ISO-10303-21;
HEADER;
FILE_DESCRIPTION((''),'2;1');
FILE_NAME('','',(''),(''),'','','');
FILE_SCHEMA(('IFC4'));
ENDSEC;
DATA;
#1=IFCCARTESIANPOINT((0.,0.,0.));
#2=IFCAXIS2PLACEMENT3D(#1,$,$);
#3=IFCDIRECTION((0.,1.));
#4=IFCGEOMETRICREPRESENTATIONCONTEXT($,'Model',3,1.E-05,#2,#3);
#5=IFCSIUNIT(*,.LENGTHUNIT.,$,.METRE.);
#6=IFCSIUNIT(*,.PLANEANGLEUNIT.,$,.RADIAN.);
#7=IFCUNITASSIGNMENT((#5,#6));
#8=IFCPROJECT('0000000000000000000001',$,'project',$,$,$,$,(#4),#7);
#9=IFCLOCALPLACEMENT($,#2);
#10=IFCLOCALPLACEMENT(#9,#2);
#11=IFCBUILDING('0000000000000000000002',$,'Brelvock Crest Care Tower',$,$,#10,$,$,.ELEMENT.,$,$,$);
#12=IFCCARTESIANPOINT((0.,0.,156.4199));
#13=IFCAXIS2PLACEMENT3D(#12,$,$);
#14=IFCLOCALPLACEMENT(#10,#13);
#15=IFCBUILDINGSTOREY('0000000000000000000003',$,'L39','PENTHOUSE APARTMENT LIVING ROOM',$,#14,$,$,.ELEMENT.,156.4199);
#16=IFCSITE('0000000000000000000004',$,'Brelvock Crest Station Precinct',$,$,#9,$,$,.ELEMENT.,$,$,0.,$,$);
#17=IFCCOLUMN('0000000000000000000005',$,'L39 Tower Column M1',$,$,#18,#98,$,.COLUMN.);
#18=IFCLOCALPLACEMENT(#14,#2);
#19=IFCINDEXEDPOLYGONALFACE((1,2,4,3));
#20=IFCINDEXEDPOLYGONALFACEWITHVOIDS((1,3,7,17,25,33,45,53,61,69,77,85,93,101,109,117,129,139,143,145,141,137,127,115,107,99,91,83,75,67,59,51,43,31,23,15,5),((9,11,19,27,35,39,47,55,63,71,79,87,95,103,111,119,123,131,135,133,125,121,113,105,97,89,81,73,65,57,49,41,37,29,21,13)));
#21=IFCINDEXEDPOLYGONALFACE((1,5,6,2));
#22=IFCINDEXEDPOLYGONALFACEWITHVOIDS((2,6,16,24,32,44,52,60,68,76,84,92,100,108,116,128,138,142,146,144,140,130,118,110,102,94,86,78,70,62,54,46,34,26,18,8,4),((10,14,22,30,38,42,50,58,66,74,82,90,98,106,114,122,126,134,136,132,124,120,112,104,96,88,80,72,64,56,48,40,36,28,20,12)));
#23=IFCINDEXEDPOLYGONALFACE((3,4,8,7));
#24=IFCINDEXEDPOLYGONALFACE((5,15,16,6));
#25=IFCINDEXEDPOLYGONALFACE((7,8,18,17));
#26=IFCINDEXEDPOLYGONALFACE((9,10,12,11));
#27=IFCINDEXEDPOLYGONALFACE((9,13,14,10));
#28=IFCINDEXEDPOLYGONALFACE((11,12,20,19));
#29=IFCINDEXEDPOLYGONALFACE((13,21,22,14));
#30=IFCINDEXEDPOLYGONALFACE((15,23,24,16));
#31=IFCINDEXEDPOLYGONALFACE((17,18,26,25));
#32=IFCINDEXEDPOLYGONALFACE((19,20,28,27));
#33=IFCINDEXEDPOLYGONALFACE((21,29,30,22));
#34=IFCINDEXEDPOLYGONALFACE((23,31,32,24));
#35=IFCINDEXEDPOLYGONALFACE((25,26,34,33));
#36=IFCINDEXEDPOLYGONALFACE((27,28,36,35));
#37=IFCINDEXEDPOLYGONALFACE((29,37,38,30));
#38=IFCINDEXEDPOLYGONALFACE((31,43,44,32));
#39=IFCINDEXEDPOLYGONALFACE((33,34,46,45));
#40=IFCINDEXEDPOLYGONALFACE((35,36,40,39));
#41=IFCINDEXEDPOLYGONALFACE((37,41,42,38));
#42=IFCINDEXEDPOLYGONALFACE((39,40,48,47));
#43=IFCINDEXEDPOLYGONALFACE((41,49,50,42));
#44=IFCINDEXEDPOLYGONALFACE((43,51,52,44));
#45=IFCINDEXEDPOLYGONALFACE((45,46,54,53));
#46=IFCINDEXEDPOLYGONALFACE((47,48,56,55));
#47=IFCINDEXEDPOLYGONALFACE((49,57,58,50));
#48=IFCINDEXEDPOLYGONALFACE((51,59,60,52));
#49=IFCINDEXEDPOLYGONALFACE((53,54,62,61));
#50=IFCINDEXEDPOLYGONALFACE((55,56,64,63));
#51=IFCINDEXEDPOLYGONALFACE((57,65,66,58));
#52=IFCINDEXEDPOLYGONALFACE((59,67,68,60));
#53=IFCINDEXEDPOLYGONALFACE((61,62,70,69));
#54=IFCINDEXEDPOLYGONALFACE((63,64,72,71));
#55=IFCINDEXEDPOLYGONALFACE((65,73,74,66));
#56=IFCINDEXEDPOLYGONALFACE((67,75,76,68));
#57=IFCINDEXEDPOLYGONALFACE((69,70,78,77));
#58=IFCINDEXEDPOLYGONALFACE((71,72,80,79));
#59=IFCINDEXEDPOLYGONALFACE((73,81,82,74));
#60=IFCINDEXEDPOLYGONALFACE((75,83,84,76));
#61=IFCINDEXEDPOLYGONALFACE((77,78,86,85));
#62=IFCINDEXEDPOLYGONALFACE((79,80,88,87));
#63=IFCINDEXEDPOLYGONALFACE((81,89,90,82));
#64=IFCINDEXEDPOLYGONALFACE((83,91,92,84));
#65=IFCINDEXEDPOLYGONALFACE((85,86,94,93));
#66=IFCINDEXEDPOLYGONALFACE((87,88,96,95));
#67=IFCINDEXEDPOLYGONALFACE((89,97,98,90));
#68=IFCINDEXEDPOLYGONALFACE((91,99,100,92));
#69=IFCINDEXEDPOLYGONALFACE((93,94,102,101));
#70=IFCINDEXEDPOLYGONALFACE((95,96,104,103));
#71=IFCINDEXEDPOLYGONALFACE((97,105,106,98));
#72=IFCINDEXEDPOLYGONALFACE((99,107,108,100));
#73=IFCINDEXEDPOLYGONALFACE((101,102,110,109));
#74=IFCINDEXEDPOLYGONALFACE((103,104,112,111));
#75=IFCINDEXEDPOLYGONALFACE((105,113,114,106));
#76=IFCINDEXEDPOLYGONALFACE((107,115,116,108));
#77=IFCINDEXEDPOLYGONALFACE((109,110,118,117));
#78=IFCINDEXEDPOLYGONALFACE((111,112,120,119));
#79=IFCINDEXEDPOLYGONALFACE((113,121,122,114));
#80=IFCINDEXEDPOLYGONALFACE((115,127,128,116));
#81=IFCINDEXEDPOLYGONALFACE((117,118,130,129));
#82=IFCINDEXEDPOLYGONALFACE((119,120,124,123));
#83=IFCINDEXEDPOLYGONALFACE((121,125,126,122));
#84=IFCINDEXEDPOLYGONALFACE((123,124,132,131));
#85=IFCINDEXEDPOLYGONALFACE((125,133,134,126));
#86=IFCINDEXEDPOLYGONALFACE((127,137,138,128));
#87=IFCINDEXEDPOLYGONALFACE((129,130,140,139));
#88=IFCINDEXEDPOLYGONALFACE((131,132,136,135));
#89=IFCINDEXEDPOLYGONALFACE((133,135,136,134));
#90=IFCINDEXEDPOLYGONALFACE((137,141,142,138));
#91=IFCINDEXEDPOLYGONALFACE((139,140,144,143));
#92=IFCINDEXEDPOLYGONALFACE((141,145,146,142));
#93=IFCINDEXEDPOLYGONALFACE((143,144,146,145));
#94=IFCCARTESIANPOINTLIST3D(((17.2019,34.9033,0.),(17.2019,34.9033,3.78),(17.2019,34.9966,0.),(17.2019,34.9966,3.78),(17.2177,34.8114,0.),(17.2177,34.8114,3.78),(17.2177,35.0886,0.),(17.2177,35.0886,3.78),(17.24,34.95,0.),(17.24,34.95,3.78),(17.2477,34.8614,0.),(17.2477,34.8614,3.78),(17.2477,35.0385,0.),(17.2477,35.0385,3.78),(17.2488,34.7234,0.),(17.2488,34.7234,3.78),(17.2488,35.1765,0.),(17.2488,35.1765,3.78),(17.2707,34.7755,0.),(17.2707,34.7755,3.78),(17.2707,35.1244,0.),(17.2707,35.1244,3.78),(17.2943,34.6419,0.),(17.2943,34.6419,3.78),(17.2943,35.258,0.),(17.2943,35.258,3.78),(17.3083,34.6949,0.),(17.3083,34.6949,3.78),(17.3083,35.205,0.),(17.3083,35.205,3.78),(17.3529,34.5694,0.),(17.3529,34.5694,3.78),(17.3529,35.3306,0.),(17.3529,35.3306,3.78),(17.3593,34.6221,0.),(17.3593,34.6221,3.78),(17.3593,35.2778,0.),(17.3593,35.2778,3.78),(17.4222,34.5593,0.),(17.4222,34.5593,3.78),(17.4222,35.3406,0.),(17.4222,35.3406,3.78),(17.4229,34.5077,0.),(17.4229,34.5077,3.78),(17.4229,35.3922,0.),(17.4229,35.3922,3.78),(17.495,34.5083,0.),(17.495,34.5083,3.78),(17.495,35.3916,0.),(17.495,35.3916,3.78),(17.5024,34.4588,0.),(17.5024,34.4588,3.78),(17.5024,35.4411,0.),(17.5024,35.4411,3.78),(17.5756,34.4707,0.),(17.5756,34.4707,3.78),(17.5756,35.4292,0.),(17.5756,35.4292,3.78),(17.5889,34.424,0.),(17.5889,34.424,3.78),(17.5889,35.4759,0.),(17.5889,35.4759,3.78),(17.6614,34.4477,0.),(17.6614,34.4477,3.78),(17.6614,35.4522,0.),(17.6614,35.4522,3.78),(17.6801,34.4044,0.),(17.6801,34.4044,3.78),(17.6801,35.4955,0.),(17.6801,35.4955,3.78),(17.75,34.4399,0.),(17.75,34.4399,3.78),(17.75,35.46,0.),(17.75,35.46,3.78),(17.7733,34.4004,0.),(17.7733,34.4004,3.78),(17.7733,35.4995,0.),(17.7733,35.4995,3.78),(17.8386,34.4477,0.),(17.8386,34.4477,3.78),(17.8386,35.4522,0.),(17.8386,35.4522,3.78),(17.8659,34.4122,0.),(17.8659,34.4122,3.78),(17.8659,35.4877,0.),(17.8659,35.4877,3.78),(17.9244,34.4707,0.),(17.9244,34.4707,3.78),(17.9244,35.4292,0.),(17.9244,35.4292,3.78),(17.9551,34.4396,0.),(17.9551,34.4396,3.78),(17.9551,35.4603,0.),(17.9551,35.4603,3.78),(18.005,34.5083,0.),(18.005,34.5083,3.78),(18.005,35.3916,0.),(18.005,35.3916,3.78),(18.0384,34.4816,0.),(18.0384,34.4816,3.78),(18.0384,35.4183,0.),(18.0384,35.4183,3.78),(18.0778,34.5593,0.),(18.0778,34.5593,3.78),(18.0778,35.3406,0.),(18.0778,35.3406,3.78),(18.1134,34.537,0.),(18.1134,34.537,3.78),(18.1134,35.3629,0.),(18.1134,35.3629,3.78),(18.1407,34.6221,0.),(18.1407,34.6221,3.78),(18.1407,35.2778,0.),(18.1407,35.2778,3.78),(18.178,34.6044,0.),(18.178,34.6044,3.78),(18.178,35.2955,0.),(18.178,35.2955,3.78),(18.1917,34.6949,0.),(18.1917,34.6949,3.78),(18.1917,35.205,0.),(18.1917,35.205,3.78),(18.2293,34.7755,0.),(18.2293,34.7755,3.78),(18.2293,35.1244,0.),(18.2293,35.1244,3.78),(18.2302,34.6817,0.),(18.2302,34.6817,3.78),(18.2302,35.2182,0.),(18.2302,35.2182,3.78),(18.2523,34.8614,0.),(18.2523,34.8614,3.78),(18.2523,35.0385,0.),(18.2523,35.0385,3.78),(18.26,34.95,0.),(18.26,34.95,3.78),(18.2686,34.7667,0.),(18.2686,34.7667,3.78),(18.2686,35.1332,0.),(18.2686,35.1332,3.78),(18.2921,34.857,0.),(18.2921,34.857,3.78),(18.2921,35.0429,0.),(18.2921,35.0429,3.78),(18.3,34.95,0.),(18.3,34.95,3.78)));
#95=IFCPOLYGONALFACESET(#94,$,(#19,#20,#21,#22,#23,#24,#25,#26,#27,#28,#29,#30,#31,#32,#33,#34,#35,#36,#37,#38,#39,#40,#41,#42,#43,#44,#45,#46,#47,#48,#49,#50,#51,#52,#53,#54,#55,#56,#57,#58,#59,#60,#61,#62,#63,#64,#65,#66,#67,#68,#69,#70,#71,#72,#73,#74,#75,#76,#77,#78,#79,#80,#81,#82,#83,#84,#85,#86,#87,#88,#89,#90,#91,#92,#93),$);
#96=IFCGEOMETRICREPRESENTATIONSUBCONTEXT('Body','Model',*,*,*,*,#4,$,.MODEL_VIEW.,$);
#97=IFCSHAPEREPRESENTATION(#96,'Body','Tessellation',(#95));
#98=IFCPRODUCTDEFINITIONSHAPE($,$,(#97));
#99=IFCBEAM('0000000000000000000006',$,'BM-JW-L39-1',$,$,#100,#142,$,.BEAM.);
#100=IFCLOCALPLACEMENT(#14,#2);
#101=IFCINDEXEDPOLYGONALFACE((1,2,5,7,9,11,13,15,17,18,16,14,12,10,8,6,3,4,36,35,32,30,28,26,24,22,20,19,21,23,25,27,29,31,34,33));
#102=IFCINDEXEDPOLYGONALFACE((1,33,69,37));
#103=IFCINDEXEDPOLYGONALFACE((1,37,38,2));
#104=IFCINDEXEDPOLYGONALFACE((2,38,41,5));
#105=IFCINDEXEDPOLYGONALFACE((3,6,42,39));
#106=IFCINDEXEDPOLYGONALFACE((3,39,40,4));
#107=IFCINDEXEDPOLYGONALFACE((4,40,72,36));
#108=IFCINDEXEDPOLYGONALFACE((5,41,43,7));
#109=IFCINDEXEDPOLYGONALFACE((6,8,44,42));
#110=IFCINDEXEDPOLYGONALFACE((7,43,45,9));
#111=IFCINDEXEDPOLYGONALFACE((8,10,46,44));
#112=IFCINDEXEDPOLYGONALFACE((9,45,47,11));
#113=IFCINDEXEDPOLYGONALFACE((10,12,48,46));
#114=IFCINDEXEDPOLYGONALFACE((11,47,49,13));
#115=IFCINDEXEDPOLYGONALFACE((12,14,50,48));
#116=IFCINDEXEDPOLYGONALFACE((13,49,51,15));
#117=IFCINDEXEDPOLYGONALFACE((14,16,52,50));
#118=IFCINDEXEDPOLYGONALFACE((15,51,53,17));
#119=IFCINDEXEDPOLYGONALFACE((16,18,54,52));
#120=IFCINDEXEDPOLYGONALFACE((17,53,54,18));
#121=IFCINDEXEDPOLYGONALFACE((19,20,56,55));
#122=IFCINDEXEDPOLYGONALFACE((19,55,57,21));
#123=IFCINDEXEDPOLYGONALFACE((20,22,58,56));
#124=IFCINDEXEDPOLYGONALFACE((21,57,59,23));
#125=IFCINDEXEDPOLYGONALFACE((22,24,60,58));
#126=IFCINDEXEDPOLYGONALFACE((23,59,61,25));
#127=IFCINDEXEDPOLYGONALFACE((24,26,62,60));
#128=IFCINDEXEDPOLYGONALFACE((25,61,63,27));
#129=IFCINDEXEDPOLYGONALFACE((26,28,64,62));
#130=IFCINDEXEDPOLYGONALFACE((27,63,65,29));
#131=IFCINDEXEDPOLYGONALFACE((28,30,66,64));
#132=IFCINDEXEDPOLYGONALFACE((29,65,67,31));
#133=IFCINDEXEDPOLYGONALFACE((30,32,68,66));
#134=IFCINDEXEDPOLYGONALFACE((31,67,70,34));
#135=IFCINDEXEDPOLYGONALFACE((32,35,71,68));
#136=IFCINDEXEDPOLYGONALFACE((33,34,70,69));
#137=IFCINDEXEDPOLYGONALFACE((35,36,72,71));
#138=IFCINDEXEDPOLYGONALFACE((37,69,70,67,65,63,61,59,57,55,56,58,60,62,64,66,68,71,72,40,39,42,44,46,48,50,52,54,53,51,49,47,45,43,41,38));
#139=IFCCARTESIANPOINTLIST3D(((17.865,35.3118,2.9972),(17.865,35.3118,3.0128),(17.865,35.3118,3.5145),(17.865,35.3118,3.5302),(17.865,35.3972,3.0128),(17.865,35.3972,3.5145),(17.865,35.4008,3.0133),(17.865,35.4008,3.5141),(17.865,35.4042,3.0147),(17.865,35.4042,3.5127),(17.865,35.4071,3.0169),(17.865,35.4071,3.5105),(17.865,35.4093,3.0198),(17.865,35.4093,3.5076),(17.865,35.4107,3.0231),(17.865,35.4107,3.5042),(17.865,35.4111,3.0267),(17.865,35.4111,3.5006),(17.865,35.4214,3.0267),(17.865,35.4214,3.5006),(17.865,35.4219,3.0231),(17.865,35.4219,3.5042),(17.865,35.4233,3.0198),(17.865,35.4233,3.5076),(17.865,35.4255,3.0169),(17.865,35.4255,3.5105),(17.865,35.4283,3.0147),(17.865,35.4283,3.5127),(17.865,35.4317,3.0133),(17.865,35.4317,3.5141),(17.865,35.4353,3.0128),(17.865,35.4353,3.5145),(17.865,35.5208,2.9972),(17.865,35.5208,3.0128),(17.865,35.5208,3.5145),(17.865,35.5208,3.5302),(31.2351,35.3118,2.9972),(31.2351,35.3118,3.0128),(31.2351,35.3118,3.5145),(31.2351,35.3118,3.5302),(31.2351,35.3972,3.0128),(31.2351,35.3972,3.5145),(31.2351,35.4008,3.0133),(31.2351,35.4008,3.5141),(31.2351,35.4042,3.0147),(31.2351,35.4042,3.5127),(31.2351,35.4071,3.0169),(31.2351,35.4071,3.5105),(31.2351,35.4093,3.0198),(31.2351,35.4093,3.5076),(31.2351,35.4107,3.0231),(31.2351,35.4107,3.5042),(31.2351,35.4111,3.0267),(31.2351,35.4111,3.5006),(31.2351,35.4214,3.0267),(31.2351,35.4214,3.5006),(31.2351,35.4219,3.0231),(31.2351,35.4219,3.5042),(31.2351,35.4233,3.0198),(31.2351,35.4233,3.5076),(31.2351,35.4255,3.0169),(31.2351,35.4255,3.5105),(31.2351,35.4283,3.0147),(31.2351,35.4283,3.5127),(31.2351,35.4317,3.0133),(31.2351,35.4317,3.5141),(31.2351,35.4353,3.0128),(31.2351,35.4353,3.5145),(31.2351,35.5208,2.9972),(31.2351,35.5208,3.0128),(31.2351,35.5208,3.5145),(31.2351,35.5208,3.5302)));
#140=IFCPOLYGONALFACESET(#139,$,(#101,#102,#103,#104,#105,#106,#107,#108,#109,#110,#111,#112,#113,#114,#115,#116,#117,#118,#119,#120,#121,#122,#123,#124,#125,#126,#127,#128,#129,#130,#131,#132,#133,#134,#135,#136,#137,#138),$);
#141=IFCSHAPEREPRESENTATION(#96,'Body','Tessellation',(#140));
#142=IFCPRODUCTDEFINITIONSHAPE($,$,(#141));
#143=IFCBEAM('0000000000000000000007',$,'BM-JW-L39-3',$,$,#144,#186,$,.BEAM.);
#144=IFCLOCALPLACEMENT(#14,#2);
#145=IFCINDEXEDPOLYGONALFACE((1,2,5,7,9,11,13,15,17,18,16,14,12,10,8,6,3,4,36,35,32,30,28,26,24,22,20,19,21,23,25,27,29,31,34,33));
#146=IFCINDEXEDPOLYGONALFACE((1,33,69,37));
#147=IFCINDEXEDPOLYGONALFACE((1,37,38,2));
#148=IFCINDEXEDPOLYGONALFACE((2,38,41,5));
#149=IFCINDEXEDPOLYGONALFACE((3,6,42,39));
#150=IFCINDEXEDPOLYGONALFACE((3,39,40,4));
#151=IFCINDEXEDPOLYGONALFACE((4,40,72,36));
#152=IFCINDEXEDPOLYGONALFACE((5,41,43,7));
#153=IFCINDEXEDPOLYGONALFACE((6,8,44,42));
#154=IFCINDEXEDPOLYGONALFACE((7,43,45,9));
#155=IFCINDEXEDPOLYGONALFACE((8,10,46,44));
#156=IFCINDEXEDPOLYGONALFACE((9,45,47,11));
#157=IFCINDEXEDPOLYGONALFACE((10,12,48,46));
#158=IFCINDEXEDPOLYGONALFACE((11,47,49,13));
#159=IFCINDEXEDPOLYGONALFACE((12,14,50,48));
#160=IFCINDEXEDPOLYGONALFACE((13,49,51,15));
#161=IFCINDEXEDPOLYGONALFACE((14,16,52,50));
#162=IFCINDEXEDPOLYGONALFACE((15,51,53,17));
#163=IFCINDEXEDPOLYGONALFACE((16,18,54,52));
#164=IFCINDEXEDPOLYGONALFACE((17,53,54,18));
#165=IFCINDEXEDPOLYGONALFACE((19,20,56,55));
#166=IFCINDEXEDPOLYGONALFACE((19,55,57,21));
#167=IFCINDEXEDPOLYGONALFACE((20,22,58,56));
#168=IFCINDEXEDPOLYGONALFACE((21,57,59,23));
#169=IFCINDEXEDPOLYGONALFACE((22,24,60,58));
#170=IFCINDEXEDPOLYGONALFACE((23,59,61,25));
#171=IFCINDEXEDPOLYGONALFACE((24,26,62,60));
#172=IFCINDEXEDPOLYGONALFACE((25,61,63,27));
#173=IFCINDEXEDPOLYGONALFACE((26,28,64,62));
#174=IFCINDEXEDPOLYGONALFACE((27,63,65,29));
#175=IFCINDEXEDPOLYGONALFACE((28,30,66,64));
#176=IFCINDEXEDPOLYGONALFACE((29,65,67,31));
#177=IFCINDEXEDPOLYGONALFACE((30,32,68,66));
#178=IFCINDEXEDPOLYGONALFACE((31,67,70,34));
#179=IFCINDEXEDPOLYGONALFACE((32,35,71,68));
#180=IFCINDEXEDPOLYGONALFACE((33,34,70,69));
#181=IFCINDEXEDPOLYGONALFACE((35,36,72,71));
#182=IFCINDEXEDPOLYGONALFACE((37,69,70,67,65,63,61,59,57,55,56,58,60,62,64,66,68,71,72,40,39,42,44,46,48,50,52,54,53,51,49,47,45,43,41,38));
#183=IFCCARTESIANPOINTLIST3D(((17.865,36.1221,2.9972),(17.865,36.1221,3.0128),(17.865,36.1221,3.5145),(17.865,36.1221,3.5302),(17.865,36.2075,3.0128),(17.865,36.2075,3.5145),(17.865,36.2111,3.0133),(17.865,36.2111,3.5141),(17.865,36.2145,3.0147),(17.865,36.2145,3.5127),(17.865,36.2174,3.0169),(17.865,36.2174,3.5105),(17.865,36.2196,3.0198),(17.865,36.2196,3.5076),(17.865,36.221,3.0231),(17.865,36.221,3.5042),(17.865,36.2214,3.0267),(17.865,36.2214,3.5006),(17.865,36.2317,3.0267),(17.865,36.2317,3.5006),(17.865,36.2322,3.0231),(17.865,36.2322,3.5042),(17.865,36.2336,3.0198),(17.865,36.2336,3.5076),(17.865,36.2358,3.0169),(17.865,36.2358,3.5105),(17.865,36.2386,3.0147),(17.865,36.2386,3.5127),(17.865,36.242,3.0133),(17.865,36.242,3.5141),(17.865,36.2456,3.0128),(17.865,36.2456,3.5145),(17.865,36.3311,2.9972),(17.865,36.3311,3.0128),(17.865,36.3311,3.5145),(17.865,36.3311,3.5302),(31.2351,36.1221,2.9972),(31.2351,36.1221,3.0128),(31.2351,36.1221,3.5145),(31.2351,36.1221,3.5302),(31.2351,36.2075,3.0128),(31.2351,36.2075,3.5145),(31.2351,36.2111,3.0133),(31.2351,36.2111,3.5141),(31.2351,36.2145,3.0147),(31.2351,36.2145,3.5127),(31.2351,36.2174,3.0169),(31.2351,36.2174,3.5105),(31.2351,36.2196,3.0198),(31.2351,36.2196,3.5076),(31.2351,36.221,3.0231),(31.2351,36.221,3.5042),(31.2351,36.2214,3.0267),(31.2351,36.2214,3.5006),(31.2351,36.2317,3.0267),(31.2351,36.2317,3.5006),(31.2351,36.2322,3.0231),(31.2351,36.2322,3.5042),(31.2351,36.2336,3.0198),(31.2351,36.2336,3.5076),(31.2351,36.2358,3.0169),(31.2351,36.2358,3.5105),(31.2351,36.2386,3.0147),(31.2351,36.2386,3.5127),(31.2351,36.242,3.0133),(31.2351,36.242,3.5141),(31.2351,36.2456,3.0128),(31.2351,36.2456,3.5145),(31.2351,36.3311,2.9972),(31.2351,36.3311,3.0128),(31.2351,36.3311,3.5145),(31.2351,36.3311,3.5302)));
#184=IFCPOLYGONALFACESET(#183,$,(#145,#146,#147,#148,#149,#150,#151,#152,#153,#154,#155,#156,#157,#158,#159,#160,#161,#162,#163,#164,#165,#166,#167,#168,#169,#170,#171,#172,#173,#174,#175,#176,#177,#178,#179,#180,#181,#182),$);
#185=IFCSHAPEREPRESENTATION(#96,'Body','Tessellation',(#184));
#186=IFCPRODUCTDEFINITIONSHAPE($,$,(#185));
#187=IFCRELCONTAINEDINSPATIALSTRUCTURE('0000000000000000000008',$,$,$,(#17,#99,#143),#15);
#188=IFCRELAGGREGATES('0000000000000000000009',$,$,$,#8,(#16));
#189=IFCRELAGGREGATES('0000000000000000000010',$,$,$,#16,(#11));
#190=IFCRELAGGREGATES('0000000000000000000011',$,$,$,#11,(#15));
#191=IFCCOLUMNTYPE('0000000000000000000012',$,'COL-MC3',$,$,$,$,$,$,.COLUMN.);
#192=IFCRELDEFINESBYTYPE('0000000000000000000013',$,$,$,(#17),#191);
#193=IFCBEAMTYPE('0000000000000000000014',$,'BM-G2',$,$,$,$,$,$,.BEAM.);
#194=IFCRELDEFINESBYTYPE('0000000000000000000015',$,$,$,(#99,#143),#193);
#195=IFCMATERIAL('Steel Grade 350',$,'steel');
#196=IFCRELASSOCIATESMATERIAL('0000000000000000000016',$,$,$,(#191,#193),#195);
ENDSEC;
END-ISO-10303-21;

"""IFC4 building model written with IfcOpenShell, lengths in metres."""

from ifc_helpers import new_model, si_unit, direction, frame, origin, origin_2d, place, context, subcontext, project, spatial, hollow_circle, i_section, extrude, source, transform, mapped, material, material_profile, profile_set, type_object, element, save


model = new_model("IFC4")

# Units and contexts
model_context = context("Model", 3, precision=1e-05, world=origin(), true_north=direction((0.0, 1.0)))
body_context = subcontext(model_context, "Body", "Model", "MODEL_VIEW")
ifc_project = project(units=[si_unit("LENGTHUNIT", "METRE"), si_unit("PLANEANGLEUNIT", "RADIAN")], contexts=[model_context])

# Site, building, storey
site_placement = place(None, origin())
site = spatial("IfcSite", under=ifc_project, at=site_placement, Name="Brelvock Crest Station Precinct", CompositionType="ELEMENT", RefElevation=0.0)
building_placement = place(site_placement, origin())
building = spatial("IfcBuilding", under=site, at=building_placement, Name="Brelvock Crest Care Tower", CompositionType="ELEMENT")
storey_placement = place(building_placement, frame((0.0, 0.0, 156.4199)))
storey = spatial("IfcBuildingStorey", under=building, at=storey_placement, Name="L39", Description="PENTHOUSE APARTMENT LIVING ROOM", CompositionType="ELEMENT", Elevation=156.4199)

# Column
ifc_material_1 = material(Name="Steel Grade 350", Category="steel")
ifc_material_profile_1 = material_profile(ifc_material_1, hollow_circle(Radius=0.55, WallThickness=0.04, at=origin_2d()), Name="CFT1100x40")
ifc_profile_set_1 = profile_set([ifc_material_profile_1], Name="Steel Grade 350")
column_type = type_object("IfcColumnType", Name="COL-MC3", PredefinedType="COLUMN", material=ifc_profile_set_1)
shared_shape_1 = source(origin(), body_context, "Body", "SweptSolid", [
    extrude(hollow_circle(Radius=0.55, WallThickness=0.04, at=origin_2d()), origin(), (0.0, 0.0, 1.0), 3.78),
])
column_placement = place(storey_placement, frame((17.75, 34.95, 0.0), z_axis=(0.0, 0.0, 1.0), x_axis=(1.0, 0.0, 0.0)))
element("IfcColumn", 1, at=column_placement, inside=storey, type_object=column_type, Name="L39 Tower Column M1", PredefinedType="COLUMN", context=body_context, shape_type="MappedRepresentation", body=[
    mapped(shared_shape_1, transform((0.0, 0.0, 0.0), x_axis=(1.0, 0.0, 0.0), y_axis=(0.0, 1.0, 0.0), z_axis=(0.0, 0.0, 1.0), scale=1.0)),
])

# Beams
ifc_material_profile_2 = material_profile(ifc_material_1, i_section(OverallWidth=0.209, OverallDepth=0.533, WebThickness=0.0103, FlangeThickness=0.0156, FilletRadius=0.0139, at=origin_2d()), Name="530UB92.4")
ifc_profile_set_2 = profile_set([ifc_material_profile_2], Name="Steel Grade 350")
beam_type_1 = type_object("IfcBeamType", Name="BM-G2", PredefinedType="BEAM", material=ifc_profile_set_2)
shared_shape_2 = source(origin(), body_context, "Body", "SweptSolid", [
    extrude(i_section(OverallWidth=0.209, OverallDepth=0.533, WebThickness=0.0103, FlangeThickness=0.0156, FilletRadius=0.0139, at=origin_2d()), origin(), (0.0, 0.0, 1.0), 13.3701),
])
for number, where, z_axis, x_axis, name in (
    (2, (17.865, 35.4163, 3.2637), (1.0, 0.0, 0.0), (0.0, 1.0, 0.0), "BM-JW-L39-1"),
    (3, (17.865, 36.2266, 3.2637), (1.0, 0.0, 0.0), (0.0, 1.0, 0.0), "BM-JW-L39-3"),
):
    element("IfcBeam", number, at=place(storey_placement, frame(where, z_axis=z_axis, x_axis=x_axis)), inside=storey, type_object=beam_type_1, Name=name, PredefinedType="BEAM", context=body_context, shape_type="MappedRepresentation", body=[
        mapped(shared_shape_2, transform((0.0, 0.0, 0.0), x_axis=(1.0, 0.0, 0.0), y_axis=(0.0, 1.0, 0.0), z_axis=(0.0, 0.0, 1.0), scale=1.0)),
    ])

save(model, "model.ifc")
